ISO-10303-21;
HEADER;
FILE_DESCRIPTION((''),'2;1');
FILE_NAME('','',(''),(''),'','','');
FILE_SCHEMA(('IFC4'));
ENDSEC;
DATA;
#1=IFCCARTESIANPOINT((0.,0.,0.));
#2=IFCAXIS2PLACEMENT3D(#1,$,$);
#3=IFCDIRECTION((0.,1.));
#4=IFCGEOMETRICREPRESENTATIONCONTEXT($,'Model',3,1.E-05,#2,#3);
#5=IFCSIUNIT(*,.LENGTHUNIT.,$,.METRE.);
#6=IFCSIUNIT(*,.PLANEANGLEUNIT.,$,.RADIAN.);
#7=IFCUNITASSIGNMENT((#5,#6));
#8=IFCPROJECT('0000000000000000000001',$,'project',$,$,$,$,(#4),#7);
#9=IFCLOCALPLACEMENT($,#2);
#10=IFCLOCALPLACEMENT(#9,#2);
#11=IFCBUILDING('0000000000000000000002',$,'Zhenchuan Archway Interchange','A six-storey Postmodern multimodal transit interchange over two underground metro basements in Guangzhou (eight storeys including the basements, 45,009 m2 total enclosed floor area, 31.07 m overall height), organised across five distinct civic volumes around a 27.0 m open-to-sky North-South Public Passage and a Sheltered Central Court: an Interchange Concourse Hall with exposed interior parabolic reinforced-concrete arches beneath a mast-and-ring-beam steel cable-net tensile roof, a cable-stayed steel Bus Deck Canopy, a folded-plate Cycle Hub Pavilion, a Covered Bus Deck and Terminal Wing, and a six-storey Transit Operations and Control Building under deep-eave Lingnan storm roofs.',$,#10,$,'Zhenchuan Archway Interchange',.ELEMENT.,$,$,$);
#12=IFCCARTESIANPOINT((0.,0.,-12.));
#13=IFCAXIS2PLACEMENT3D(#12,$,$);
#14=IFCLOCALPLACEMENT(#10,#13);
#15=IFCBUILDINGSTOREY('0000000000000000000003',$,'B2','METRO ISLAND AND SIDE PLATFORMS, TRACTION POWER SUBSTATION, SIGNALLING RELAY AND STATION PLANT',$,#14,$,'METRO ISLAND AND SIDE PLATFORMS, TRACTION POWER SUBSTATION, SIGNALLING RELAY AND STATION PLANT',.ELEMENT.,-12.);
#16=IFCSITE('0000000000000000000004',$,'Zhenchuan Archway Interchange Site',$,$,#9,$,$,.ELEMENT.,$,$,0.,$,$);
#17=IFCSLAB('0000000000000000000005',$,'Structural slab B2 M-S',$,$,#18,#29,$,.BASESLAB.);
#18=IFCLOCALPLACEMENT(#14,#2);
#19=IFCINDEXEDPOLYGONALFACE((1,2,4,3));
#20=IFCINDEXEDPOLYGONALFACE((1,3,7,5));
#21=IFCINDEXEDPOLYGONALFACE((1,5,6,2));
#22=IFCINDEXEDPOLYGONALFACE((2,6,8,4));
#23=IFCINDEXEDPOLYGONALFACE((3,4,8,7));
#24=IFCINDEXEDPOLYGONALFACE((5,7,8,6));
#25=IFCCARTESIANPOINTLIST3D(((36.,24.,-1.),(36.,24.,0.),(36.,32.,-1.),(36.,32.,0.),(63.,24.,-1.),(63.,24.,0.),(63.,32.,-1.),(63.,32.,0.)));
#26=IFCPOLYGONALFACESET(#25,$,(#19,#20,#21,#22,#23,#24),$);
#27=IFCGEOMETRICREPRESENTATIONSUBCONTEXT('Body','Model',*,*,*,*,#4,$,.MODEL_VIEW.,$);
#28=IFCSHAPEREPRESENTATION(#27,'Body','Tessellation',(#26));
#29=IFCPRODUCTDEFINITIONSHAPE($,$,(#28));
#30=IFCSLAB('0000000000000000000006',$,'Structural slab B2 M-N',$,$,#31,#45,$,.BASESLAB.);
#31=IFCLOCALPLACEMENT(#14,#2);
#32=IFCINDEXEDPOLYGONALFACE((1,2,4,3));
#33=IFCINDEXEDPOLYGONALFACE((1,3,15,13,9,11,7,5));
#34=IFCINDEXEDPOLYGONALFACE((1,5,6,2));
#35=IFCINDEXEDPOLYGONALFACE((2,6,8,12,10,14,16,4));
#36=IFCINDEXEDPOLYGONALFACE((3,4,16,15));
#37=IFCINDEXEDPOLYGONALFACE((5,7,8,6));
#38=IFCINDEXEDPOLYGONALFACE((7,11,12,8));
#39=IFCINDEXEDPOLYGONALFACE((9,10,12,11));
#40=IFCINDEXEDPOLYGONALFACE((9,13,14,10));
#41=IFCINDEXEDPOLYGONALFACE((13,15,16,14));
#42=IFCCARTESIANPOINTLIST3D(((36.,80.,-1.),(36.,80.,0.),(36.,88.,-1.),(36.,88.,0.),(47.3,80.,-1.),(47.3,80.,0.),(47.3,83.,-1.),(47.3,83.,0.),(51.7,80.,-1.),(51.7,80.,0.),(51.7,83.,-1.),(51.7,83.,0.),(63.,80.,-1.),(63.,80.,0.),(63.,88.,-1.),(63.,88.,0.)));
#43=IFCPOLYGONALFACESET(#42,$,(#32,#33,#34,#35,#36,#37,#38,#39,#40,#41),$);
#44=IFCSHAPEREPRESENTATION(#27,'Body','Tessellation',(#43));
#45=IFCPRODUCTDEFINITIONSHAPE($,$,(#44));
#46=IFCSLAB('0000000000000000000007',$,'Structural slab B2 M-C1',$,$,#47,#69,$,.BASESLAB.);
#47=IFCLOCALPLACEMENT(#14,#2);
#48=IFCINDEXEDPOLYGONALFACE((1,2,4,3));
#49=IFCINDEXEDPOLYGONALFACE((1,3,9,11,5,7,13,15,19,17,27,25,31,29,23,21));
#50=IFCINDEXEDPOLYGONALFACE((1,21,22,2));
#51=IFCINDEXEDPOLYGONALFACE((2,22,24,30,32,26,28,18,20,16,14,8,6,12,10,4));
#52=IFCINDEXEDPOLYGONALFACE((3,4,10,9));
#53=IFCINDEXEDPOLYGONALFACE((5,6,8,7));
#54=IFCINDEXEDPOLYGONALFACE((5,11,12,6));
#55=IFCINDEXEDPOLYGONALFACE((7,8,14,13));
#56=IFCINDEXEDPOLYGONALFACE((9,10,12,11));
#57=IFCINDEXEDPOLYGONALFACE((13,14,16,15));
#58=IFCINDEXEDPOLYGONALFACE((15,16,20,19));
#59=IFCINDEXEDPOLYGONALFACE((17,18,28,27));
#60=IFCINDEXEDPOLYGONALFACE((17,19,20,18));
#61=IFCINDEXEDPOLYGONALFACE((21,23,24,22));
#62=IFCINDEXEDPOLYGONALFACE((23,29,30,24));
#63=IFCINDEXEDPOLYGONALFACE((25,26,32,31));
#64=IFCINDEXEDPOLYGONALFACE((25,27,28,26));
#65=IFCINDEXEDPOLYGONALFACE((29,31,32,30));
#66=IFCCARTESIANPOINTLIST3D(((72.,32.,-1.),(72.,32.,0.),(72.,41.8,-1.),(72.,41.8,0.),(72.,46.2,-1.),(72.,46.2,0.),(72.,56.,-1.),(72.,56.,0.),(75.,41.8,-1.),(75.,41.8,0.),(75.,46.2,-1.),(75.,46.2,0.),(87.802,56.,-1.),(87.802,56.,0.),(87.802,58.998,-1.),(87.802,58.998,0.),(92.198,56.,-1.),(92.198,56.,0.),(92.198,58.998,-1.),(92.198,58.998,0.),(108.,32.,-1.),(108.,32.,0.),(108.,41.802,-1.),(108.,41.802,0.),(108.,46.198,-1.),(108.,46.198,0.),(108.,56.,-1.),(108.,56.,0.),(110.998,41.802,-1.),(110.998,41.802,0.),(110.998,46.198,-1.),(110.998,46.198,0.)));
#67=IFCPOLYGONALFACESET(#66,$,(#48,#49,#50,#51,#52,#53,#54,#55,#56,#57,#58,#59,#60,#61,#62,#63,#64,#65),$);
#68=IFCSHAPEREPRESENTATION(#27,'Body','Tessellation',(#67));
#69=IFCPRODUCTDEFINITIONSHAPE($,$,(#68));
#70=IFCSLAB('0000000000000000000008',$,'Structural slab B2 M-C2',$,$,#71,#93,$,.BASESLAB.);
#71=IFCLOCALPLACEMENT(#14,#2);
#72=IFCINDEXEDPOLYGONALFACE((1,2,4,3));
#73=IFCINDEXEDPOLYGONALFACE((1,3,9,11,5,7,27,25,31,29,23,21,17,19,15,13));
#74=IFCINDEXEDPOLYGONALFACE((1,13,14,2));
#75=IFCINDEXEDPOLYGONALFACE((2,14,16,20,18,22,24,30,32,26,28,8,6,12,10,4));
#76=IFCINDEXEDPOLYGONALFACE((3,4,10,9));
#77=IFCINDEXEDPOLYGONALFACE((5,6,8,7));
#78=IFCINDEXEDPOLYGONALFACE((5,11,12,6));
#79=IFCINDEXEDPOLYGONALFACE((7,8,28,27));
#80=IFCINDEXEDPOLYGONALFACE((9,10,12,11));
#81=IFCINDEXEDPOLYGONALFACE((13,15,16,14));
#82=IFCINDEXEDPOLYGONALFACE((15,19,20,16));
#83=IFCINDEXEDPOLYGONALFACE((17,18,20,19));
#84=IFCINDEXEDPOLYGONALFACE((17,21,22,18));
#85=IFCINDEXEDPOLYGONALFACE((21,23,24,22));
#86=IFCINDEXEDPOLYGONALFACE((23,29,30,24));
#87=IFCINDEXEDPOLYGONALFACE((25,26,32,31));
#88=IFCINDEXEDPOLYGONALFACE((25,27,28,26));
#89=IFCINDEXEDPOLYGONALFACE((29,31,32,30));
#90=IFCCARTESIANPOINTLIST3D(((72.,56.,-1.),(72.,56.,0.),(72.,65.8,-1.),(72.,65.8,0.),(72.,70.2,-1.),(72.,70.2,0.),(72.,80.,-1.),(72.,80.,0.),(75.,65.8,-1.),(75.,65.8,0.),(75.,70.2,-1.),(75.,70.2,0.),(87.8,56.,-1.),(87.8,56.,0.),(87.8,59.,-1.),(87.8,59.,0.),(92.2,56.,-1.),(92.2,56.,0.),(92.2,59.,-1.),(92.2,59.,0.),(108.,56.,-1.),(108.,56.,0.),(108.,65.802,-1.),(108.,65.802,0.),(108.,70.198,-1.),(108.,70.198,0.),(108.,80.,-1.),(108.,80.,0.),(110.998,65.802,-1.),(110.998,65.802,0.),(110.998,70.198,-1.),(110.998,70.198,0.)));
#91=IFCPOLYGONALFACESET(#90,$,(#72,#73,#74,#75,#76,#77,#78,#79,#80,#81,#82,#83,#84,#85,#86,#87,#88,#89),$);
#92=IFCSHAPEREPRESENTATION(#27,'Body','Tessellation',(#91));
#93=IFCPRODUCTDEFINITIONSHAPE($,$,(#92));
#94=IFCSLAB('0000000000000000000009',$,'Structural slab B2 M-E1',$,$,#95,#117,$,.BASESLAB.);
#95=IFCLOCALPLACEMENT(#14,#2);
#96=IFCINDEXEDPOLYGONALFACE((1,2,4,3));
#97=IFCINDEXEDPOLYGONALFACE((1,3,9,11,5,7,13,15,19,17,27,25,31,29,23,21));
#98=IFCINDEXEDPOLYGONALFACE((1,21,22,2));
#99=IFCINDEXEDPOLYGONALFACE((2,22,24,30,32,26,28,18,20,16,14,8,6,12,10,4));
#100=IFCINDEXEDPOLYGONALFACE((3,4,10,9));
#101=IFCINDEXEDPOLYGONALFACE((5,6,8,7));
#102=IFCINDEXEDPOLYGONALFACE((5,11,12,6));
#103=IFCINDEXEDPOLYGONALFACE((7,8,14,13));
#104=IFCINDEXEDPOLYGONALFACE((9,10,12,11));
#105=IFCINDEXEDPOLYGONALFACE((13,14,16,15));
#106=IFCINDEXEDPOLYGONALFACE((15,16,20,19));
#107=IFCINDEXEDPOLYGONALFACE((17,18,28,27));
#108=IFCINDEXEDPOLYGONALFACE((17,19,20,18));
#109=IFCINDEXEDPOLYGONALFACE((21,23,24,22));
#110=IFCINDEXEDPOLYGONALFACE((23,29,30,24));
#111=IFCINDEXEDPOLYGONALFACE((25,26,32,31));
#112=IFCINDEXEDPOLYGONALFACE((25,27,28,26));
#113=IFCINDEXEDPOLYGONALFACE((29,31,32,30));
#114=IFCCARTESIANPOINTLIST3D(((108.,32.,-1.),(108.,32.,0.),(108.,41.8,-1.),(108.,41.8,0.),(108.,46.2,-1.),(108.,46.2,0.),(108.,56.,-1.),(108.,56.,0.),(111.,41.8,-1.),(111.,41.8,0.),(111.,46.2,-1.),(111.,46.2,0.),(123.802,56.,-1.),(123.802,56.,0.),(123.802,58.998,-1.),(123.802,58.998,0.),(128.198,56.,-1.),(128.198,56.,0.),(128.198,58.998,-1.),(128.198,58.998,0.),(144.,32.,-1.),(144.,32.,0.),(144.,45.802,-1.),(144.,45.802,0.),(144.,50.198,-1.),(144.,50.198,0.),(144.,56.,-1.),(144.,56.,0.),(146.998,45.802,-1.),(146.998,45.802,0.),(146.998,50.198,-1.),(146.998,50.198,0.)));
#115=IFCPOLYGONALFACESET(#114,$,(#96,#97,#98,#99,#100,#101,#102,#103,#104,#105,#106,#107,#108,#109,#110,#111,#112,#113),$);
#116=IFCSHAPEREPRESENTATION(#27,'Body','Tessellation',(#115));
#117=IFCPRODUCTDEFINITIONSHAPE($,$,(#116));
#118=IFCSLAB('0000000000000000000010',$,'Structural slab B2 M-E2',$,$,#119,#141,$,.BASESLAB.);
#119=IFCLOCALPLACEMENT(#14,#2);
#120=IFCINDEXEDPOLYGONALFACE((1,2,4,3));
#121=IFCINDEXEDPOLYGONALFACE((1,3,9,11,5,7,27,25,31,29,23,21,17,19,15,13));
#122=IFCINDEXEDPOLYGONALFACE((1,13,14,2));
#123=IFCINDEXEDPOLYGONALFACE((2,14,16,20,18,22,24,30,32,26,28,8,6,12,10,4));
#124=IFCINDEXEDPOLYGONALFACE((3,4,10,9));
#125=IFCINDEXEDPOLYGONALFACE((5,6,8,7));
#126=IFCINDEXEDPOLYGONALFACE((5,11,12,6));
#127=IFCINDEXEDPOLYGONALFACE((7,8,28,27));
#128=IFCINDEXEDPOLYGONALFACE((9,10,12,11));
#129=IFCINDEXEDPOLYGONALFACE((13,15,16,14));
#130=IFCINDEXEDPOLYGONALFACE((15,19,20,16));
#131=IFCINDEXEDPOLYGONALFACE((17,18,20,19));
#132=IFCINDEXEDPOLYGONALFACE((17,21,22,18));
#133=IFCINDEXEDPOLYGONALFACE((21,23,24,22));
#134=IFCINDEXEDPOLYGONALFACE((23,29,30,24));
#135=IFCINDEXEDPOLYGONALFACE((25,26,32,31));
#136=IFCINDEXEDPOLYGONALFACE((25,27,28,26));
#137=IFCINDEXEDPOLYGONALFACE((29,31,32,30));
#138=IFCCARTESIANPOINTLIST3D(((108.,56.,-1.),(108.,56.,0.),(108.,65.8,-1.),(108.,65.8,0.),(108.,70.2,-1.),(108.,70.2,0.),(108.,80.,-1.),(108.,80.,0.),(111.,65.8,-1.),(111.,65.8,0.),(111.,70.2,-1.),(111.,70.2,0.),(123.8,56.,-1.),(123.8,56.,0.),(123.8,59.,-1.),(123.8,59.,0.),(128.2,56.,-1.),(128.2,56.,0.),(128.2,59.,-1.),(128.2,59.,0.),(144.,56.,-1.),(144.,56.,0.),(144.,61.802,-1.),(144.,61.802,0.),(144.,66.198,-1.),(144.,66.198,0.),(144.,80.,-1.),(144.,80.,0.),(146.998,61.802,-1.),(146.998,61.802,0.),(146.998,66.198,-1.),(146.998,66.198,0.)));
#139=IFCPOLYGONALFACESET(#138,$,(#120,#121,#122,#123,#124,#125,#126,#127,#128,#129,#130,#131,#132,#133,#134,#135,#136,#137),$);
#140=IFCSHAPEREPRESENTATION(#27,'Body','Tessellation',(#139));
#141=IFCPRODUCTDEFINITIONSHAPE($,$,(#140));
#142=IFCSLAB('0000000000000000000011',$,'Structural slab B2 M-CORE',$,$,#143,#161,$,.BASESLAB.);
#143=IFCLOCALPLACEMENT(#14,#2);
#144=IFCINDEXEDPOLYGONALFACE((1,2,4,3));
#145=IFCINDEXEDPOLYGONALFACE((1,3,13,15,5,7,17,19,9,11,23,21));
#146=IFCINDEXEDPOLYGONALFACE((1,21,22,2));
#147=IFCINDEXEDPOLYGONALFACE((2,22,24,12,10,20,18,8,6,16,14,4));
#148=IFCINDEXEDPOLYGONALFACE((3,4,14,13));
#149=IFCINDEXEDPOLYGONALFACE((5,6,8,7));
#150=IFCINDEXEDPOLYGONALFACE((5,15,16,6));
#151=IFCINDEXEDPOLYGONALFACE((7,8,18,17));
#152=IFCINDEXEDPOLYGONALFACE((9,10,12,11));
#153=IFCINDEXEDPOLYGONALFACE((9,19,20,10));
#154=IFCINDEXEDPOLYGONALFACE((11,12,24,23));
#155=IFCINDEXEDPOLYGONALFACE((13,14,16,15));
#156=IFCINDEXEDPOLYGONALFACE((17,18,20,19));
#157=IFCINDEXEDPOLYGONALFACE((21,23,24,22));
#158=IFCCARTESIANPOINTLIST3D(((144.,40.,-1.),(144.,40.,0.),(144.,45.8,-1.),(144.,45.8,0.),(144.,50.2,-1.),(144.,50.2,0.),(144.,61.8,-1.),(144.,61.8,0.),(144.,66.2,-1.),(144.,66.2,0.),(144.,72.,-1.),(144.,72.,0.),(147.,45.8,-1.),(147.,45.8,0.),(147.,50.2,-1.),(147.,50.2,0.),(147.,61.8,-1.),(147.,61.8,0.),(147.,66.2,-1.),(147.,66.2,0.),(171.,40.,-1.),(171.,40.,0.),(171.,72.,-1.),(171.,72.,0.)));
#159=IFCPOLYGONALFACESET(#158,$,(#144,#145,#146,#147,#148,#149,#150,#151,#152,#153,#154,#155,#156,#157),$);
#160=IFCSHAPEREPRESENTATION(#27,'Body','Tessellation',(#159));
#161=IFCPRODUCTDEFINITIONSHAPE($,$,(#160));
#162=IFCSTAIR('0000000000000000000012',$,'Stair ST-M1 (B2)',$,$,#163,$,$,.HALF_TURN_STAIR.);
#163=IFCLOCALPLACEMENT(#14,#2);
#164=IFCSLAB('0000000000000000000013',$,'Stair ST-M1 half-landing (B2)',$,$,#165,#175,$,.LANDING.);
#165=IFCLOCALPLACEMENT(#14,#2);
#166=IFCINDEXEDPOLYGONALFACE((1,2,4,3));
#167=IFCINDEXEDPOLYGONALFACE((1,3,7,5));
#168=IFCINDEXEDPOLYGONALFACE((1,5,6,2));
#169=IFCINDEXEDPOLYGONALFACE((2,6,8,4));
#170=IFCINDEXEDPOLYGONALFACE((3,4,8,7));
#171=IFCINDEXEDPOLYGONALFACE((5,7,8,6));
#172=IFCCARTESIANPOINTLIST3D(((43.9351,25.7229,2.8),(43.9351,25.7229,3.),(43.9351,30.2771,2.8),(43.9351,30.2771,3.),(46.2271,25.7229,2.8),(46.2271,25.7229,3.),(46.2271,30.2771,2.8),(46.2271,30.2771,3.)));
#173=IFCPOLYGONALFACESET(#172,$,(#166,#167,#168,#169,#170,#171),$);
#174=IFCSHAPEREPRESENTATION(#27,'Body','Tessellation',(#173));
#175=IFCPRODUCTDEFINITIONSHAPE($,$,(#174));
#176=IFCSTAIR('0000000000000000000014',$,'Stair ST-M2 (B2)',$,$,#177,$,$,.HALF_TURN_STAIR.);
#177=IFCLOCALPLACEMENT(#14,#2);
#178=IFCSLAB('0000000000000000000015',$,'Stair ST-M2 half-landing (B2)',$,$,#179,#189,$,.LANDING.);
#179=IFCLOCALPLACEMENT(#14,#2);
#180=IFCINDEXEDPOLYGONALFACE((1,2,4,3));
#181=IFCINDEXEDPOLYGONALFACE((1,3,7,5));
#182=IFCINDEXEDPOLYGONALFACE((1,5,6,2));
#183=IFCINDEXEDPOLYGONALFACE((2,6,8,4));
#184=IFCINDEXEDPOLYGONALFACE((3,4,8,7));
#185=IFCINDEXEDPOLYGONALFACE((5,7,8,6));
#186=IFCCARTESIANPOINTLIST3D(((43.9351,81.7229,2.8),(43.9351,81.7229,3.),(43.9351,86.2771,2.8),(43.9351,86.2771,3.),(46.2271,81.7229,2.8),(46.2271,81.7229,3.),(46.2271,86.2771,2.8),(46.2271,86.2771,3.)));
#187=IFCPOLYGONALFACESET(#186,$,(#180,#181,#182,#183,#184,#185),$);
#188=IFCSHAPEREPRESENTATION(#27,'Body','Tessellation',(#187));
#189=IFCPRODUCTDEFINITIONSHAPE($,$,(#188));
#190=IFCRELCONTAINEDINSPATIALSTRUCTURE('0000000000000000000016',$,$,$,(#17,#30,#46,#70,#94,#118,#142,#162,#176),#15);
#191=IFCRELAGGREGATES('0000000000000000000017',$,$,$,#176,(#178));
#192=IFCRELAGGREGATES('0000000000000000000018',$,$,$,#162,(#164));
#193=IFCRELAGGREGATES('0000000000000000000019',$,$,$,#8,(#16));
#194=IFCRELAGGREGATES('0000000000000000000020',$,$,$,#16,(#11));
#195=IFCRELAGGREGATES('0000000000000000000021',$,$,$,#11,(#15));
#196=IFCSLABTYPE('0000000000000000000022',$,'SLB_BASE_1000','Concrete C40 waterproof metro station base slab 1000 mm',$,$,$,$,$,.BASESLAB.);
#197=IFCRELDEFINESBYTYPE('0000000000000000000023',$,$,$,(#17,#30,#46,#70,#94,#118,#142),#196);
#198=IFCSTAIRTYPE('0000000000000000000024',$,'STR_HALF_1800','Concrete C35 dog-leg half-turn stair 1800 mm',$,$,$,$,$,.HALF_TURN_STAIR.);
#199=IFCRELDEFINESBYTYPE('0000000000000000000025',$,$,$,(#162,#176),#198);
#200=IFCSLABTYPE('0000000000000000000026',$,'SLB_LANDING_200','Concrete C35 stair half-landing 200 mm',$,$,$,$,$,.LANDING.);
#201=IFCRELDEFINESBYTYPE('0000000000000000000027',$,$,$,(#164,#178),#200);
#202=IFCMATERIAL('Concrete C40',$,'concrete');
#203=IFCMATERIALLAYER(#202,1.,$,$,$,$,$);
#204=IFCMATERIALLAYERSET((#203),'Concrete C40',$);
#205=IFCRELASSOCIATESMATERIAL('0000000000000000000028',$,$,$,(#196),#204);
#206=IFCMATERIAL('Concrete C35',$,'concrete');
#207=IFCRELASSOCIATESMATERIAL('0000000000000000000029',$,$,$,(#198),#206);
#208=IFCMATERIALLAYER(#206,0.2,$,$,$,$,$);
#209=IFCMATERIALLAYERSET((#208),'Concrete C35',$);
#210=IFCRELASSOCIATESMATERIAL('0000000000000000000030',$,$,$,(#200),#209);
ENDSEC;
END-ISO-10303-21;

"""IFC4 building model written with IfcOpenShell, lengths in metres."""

from ifc_helpers import new_model, si_unit, direction, frame, origin, place, context, subcontext, project, spatial, polyline, outline, extrude, material, layer, layer_set, type_object, element, aggregate, save


model = new_model("IFC4")

# Units and contexts
model_context = context("Model", 3, precision=1e-05, world=origin(), true_north=direction((0.0, 1.0)))
body_context = subcontext(model_context, "Body", "Model", "MODEL_VIEW")
ifc_project = project(units=[si_unit("LENGTHUNIT", "METRE"), si_unit("PLANEANGLEUNIT", "RADIAN")], contexts=[model_context])

# Site, building, storey
site_placement = place(None, origin())
site = spatial("IfcSite", under=ifc_project, at=site_placement, Name="Zhenchuan Archway Interchange Site", CompositionType="ELEMENT", RefElevation=0.0)
building_placement = place(site_placement, origin())
building = spatial("IfcBuilding", under=site, at=building_placement, Name="Zhenchuan Archway Interchange", Description="A six-storey Postmodern multimodal transit interchange over two underground metro basements in Guangzhou (eight storeys including the basements, 45,009 m2 total enclosed floor area, 31.07 m overall height), organised across five distinct civic volumes around a 27.0 m open-to-sky North-South Public Passage and a Sheltered Central Court: an Interchange Concourse Hall with exposed interior parabolic reinforced-concrete arches beneath a mast-and-ring-beam steel cable-net tensile roof, a cable-stayed steel Bus Deck Canopy, a folded-plate Cycle Hub Pavilion, a Covered Bus Deck and Terminal Wing, and a six-storey Transit Operations and Control Building under deep-eave Lingnan storm roofs.", LongName="Zhenchuan Archway Interchange", CompositionType="ELEMENT")
storey_placement = place(building_placement, frame((0.0, 0.0, -12.0)))
storey = spatial("IfcBuildingStorey", under=building, at=storey_placement, Name="B2", Description="METRO ISLAND AND SIDE PLATFORMS, TRACTION POWER SUBSTATION, SIGNALLING RELAY AND STATION PLANT", LongName="METRO ISLAND AND SIDE PLATFORMS, TRACTION POWER SUBSTATION, SIGNALLING RELAY AND STATION PLANT", CompositionType="ELEMENT", Elevation=-12.0)

# Shared definitions
ifc_material_1 = material(Name="Concrete C40", Category="concrete")

# Shared definitions
ifc_material_2 = material(Name="Concrete C35", Category="concrete")

# Slabs
ifc_layer_1 = layer(ifc_material_1, 1.0)
ifc_layer_set_1 = layer_set([ifc_layer_1], Name="Concrete C40")
slab_type_1 = type_object("IfcSlabType", Name="SLB_BASE_1000", Description="Concrete C40 waterproof metro station base slab 1000 mm", PredefinedType="BASESLAB", material=ifc_layer_set_1)
slab_1_placement = place(storey_placement, frame((0.0, 0.0, -1.0)))
element("IfcSlab", 1, at=slab_1_placement, inside=storey, type_object=slab_type_1, Name="Structural slab B2 M-S", PredefinedType="BASESLAB", context=body_context, shape_type="SweptSolid", body=[
    extrude(outline(polyline([(63.0, 24.0), (63.0, 32.0), (36.0, 32.0), (36.0, 24.0), (63.0, 24.0)])), origin(), (0.0, 0.0, 1.0), 1.0),
])
slab_2_placement = place(storey_placement, frame((0.0, 0.0, -1.0)))
element("IfcSlab", 2, at=slab_2_placement, inside=storey, type_object=slab_type_1, Name="Structural slab B2 M-N", PredefinedType="BASESLAB", context=body_context, shape_type="SweptSolid", body=[
    extrude(outline(polyline([(36.0, 80.0), (36.0, 88.0), (63.0, 88.0), (63.0, 80.0), (51.7, 80.0), (51.7, 83.0), (47.3, 83.0), (47.3, 80.0), (36.0, 80.0)])), origin(), (0.0, 0.0, 1.0), 1.0),
])
slab_3_placement = place(storey_placement, frame((0.0, 0.0, -1.0)))
element("IfcSlab", 3, at=slab_3_placement, inside=storey, type_object=slab_type_1, Name="Structural slab B2 M-C1", PredefinedType="BASESLAB", context=body_context, shape_type="SweptSolid", body=[
    extrude(outline(polyline([(87.802, 58.998), (92.198, 58.998), (92.198, 56.0), (108.0, 56.0), (108.0, 46.198), (110.998, 46.198), (110.998, 41.802), (108.0, 41.802), (108.0, 32.0), (72.0, 32.0), (72.0, 41.8), (75.0, 41.8), (75.0, 46.2), (72.0, 46.2), (72.0, 56.0), (87.802, 56.0), (87.802, 58.998)])), origin(), (0.0, 0.0, 1.0), 1.0),
])
slab_4_placement = place(storey_placement, frame((0.0, 0.0, -1.0)))
element("IfcSlab", 4, at=slab_4_placement, inside=storey, type_object=slab_type_1, Name="Structural slab B2 M-C2", PredefinedType="BASESLAB", context=body_context, shape_type="SweptSolid", body=[
    extrude(outline(polyline([(108.0, 70.198), (110.998, 70.198), (110.998, 65.802), (108.0, 65.802), (108.0, 56.0), (92.2, 56.0), (92.2, 59.0), (87.8, 59.0), (87.8, 56.0), (72.0, 56.0), (72.0, 65.8), (75.0, 65.8), (75.0, 70.2), (72.0, 70.2), (72.0, 80.0), (108.0, 80.0), (108.0, 70.198)])), origin(), (0.0, 0.0, 1.0), 1.0),
])
slab_5_placement = place(storey_placement, frame((0.0, 0.0, -1.0)))
element("IfcSlab", 5, at=slab_5_placement, inside=storey, type_object=slab_type_1, Name="Structural slab B2 M-E1", PredefinedType="BASESLAB", context=body_context, shape_type="SweptSolid", body=[
    extrude(outline(polyline([(123.802, 58.998), (128.198, 58.998), (128.198, 56.0), (144.0, 56.0), (144.0, 50.198), (146.998, 50.198), (146.998, 45.802), (144.0, 45.802), (144.0, 32.0), (108.0, 32.0), (108.0, 41.8), (111.0, 41.8), (111.0, 46.2), (108.0, 46.2), (108.0, 56.0), (123.802, 56.0), (123.802, 58.998)])), origin(), (0.0, 0.0, 1.0), 1.0),
])
slab_6_placement = place(storey_placement, frame((0.0, 0.0, -1.0)))
element("IfcSlab", 6, at=slab_6_placement, inside=storey, type_object=slab_type_1, Name="Structural slab B2 M-E2", PredefinedType="BASESLAB", context=body_context, shape_type="SweptSolid", body=[
    extrude(outline(polyline([(144.0, 66.198), (146.998, 66.198), (146.998, 61.802), (144.0, 61.802), (144.0, 56.0), (128.2, 56.0), (128.2, 59.0), (123.8, 59.0), (123.8, 56.0), (108.0, 56.0), (108.0, 65.8), (111.0, 65.8), (111.0, 70.2), (108.0, 70.2), (108.0, 80.0), (144.0, 80.0), (144.0, 66.198)])), origin(), (0.0, 0.0, 1.0), 1.0),
])
slab_7_placement = place(storey_placement, frame((0.0, 0.0, -1.0)))
element("IfcSlab", 7, at=slab_7_placement, inside=storey, type_object=slab_type_1, Name="Structural slab B2 M-CORE", PredefinedType="BASESLAB", context=body_context, shape_type="SweptSolid", body=[
    extrude(outline(polyline([(171.0, 72.0), (171.0, 40.0), (144.0, 40.0), (144.0, 45.8), (147.0, 45.8), (147.0, 50.2), (144.0, 50.2), (144.0, 61.8), (147.0, 61.8), (147.0, 66.2), (144.0, 66.2), (144.0, 72.0), (171.0, 72.0)])), origin(), (0.0, 0.0, 1.0), 1.0),
])

# Stairs, slabs
stair_type_1 = type_object("IfcStairType", Name="STR_HALF_1800", Description="Concrete C35 dog-leg half-turn stair 1800 mm", PredefinedType="HALF_TURN_STAIR", material=ifc_material_2)
stair_1_placement = place(storey_placement, origin())
stair_1 = element("IfcStair", 8, at=stair_1_placement, inside=storey, type_object=stair_type_1, Name="Stair ST-M1 (B2)", PredefinedType="HALF_TURN_STAIR")
ifc_layer_2 = layer(ifc_material_2, 0.2)
ifc_layer_set_2 = layer_set([ifc_layer_2], Name="Concrete C35")
slab_type_2 = type_object("IfcSlabType", Name="SLB_LANDING_200", Description="Concrete C35 stair half-landing 200 mm", PredefinedType="LANDING", material=ifc_layer_set_2)
slab_8_placement = place(storey_placement, frame((0.0, 0.0, 2.8)))
slab_8 = element("IfcSlab", 9, at=slab_8_placement, type_object=slab_type_2, Name="Stair ST-M1 half-landing (B2)", PredefinedType="LANDING", context=body_context, shape_type="SweptSolid", body=[
    extrude(outline(polyline([(43.9351, 25.7229), (46.2271, 25.7229), (46.2271, 30.2771), (43.9351, 30.2771), (43.9351, 25.7229)])), origin(), (0.0, 0.0, 1.0), 0.2),
])
stair_2_placement = place(storey_placement, origin())
stair_2 = element("IfcStair", 10, at=stair_2_placement, inside=storey, type_object=stair_type_1, Name="Stair ST-M2 (B2)", PredefinedType="HALF_TURN_STAIR")
slab_9_placement = place(storey_placement, frame((0.0, 0.0, 2.8)))
slab_9 = element("IfcSlab", 11, at=slab_9_placement, type_object=slab_type_2, Name="Stair ST-M2 half-landing (B2)", PredefinedType="LANDING", context=body_context, shape_type="SweptSolid", body=[
    extrude(outline(polyline([(43.9351, 81.7229), (46.2271, 81.7229), (46.2271, 86.2771), (43.9351, 86.2771), (43.9351, 81.7229)])), origin(), (0.0, 0.0, 1.0), 0.2),
])
aggregate(stair_2, [slab_9])

aggregate(stair_1, [slab_8])

save(model, "model.ifc")
